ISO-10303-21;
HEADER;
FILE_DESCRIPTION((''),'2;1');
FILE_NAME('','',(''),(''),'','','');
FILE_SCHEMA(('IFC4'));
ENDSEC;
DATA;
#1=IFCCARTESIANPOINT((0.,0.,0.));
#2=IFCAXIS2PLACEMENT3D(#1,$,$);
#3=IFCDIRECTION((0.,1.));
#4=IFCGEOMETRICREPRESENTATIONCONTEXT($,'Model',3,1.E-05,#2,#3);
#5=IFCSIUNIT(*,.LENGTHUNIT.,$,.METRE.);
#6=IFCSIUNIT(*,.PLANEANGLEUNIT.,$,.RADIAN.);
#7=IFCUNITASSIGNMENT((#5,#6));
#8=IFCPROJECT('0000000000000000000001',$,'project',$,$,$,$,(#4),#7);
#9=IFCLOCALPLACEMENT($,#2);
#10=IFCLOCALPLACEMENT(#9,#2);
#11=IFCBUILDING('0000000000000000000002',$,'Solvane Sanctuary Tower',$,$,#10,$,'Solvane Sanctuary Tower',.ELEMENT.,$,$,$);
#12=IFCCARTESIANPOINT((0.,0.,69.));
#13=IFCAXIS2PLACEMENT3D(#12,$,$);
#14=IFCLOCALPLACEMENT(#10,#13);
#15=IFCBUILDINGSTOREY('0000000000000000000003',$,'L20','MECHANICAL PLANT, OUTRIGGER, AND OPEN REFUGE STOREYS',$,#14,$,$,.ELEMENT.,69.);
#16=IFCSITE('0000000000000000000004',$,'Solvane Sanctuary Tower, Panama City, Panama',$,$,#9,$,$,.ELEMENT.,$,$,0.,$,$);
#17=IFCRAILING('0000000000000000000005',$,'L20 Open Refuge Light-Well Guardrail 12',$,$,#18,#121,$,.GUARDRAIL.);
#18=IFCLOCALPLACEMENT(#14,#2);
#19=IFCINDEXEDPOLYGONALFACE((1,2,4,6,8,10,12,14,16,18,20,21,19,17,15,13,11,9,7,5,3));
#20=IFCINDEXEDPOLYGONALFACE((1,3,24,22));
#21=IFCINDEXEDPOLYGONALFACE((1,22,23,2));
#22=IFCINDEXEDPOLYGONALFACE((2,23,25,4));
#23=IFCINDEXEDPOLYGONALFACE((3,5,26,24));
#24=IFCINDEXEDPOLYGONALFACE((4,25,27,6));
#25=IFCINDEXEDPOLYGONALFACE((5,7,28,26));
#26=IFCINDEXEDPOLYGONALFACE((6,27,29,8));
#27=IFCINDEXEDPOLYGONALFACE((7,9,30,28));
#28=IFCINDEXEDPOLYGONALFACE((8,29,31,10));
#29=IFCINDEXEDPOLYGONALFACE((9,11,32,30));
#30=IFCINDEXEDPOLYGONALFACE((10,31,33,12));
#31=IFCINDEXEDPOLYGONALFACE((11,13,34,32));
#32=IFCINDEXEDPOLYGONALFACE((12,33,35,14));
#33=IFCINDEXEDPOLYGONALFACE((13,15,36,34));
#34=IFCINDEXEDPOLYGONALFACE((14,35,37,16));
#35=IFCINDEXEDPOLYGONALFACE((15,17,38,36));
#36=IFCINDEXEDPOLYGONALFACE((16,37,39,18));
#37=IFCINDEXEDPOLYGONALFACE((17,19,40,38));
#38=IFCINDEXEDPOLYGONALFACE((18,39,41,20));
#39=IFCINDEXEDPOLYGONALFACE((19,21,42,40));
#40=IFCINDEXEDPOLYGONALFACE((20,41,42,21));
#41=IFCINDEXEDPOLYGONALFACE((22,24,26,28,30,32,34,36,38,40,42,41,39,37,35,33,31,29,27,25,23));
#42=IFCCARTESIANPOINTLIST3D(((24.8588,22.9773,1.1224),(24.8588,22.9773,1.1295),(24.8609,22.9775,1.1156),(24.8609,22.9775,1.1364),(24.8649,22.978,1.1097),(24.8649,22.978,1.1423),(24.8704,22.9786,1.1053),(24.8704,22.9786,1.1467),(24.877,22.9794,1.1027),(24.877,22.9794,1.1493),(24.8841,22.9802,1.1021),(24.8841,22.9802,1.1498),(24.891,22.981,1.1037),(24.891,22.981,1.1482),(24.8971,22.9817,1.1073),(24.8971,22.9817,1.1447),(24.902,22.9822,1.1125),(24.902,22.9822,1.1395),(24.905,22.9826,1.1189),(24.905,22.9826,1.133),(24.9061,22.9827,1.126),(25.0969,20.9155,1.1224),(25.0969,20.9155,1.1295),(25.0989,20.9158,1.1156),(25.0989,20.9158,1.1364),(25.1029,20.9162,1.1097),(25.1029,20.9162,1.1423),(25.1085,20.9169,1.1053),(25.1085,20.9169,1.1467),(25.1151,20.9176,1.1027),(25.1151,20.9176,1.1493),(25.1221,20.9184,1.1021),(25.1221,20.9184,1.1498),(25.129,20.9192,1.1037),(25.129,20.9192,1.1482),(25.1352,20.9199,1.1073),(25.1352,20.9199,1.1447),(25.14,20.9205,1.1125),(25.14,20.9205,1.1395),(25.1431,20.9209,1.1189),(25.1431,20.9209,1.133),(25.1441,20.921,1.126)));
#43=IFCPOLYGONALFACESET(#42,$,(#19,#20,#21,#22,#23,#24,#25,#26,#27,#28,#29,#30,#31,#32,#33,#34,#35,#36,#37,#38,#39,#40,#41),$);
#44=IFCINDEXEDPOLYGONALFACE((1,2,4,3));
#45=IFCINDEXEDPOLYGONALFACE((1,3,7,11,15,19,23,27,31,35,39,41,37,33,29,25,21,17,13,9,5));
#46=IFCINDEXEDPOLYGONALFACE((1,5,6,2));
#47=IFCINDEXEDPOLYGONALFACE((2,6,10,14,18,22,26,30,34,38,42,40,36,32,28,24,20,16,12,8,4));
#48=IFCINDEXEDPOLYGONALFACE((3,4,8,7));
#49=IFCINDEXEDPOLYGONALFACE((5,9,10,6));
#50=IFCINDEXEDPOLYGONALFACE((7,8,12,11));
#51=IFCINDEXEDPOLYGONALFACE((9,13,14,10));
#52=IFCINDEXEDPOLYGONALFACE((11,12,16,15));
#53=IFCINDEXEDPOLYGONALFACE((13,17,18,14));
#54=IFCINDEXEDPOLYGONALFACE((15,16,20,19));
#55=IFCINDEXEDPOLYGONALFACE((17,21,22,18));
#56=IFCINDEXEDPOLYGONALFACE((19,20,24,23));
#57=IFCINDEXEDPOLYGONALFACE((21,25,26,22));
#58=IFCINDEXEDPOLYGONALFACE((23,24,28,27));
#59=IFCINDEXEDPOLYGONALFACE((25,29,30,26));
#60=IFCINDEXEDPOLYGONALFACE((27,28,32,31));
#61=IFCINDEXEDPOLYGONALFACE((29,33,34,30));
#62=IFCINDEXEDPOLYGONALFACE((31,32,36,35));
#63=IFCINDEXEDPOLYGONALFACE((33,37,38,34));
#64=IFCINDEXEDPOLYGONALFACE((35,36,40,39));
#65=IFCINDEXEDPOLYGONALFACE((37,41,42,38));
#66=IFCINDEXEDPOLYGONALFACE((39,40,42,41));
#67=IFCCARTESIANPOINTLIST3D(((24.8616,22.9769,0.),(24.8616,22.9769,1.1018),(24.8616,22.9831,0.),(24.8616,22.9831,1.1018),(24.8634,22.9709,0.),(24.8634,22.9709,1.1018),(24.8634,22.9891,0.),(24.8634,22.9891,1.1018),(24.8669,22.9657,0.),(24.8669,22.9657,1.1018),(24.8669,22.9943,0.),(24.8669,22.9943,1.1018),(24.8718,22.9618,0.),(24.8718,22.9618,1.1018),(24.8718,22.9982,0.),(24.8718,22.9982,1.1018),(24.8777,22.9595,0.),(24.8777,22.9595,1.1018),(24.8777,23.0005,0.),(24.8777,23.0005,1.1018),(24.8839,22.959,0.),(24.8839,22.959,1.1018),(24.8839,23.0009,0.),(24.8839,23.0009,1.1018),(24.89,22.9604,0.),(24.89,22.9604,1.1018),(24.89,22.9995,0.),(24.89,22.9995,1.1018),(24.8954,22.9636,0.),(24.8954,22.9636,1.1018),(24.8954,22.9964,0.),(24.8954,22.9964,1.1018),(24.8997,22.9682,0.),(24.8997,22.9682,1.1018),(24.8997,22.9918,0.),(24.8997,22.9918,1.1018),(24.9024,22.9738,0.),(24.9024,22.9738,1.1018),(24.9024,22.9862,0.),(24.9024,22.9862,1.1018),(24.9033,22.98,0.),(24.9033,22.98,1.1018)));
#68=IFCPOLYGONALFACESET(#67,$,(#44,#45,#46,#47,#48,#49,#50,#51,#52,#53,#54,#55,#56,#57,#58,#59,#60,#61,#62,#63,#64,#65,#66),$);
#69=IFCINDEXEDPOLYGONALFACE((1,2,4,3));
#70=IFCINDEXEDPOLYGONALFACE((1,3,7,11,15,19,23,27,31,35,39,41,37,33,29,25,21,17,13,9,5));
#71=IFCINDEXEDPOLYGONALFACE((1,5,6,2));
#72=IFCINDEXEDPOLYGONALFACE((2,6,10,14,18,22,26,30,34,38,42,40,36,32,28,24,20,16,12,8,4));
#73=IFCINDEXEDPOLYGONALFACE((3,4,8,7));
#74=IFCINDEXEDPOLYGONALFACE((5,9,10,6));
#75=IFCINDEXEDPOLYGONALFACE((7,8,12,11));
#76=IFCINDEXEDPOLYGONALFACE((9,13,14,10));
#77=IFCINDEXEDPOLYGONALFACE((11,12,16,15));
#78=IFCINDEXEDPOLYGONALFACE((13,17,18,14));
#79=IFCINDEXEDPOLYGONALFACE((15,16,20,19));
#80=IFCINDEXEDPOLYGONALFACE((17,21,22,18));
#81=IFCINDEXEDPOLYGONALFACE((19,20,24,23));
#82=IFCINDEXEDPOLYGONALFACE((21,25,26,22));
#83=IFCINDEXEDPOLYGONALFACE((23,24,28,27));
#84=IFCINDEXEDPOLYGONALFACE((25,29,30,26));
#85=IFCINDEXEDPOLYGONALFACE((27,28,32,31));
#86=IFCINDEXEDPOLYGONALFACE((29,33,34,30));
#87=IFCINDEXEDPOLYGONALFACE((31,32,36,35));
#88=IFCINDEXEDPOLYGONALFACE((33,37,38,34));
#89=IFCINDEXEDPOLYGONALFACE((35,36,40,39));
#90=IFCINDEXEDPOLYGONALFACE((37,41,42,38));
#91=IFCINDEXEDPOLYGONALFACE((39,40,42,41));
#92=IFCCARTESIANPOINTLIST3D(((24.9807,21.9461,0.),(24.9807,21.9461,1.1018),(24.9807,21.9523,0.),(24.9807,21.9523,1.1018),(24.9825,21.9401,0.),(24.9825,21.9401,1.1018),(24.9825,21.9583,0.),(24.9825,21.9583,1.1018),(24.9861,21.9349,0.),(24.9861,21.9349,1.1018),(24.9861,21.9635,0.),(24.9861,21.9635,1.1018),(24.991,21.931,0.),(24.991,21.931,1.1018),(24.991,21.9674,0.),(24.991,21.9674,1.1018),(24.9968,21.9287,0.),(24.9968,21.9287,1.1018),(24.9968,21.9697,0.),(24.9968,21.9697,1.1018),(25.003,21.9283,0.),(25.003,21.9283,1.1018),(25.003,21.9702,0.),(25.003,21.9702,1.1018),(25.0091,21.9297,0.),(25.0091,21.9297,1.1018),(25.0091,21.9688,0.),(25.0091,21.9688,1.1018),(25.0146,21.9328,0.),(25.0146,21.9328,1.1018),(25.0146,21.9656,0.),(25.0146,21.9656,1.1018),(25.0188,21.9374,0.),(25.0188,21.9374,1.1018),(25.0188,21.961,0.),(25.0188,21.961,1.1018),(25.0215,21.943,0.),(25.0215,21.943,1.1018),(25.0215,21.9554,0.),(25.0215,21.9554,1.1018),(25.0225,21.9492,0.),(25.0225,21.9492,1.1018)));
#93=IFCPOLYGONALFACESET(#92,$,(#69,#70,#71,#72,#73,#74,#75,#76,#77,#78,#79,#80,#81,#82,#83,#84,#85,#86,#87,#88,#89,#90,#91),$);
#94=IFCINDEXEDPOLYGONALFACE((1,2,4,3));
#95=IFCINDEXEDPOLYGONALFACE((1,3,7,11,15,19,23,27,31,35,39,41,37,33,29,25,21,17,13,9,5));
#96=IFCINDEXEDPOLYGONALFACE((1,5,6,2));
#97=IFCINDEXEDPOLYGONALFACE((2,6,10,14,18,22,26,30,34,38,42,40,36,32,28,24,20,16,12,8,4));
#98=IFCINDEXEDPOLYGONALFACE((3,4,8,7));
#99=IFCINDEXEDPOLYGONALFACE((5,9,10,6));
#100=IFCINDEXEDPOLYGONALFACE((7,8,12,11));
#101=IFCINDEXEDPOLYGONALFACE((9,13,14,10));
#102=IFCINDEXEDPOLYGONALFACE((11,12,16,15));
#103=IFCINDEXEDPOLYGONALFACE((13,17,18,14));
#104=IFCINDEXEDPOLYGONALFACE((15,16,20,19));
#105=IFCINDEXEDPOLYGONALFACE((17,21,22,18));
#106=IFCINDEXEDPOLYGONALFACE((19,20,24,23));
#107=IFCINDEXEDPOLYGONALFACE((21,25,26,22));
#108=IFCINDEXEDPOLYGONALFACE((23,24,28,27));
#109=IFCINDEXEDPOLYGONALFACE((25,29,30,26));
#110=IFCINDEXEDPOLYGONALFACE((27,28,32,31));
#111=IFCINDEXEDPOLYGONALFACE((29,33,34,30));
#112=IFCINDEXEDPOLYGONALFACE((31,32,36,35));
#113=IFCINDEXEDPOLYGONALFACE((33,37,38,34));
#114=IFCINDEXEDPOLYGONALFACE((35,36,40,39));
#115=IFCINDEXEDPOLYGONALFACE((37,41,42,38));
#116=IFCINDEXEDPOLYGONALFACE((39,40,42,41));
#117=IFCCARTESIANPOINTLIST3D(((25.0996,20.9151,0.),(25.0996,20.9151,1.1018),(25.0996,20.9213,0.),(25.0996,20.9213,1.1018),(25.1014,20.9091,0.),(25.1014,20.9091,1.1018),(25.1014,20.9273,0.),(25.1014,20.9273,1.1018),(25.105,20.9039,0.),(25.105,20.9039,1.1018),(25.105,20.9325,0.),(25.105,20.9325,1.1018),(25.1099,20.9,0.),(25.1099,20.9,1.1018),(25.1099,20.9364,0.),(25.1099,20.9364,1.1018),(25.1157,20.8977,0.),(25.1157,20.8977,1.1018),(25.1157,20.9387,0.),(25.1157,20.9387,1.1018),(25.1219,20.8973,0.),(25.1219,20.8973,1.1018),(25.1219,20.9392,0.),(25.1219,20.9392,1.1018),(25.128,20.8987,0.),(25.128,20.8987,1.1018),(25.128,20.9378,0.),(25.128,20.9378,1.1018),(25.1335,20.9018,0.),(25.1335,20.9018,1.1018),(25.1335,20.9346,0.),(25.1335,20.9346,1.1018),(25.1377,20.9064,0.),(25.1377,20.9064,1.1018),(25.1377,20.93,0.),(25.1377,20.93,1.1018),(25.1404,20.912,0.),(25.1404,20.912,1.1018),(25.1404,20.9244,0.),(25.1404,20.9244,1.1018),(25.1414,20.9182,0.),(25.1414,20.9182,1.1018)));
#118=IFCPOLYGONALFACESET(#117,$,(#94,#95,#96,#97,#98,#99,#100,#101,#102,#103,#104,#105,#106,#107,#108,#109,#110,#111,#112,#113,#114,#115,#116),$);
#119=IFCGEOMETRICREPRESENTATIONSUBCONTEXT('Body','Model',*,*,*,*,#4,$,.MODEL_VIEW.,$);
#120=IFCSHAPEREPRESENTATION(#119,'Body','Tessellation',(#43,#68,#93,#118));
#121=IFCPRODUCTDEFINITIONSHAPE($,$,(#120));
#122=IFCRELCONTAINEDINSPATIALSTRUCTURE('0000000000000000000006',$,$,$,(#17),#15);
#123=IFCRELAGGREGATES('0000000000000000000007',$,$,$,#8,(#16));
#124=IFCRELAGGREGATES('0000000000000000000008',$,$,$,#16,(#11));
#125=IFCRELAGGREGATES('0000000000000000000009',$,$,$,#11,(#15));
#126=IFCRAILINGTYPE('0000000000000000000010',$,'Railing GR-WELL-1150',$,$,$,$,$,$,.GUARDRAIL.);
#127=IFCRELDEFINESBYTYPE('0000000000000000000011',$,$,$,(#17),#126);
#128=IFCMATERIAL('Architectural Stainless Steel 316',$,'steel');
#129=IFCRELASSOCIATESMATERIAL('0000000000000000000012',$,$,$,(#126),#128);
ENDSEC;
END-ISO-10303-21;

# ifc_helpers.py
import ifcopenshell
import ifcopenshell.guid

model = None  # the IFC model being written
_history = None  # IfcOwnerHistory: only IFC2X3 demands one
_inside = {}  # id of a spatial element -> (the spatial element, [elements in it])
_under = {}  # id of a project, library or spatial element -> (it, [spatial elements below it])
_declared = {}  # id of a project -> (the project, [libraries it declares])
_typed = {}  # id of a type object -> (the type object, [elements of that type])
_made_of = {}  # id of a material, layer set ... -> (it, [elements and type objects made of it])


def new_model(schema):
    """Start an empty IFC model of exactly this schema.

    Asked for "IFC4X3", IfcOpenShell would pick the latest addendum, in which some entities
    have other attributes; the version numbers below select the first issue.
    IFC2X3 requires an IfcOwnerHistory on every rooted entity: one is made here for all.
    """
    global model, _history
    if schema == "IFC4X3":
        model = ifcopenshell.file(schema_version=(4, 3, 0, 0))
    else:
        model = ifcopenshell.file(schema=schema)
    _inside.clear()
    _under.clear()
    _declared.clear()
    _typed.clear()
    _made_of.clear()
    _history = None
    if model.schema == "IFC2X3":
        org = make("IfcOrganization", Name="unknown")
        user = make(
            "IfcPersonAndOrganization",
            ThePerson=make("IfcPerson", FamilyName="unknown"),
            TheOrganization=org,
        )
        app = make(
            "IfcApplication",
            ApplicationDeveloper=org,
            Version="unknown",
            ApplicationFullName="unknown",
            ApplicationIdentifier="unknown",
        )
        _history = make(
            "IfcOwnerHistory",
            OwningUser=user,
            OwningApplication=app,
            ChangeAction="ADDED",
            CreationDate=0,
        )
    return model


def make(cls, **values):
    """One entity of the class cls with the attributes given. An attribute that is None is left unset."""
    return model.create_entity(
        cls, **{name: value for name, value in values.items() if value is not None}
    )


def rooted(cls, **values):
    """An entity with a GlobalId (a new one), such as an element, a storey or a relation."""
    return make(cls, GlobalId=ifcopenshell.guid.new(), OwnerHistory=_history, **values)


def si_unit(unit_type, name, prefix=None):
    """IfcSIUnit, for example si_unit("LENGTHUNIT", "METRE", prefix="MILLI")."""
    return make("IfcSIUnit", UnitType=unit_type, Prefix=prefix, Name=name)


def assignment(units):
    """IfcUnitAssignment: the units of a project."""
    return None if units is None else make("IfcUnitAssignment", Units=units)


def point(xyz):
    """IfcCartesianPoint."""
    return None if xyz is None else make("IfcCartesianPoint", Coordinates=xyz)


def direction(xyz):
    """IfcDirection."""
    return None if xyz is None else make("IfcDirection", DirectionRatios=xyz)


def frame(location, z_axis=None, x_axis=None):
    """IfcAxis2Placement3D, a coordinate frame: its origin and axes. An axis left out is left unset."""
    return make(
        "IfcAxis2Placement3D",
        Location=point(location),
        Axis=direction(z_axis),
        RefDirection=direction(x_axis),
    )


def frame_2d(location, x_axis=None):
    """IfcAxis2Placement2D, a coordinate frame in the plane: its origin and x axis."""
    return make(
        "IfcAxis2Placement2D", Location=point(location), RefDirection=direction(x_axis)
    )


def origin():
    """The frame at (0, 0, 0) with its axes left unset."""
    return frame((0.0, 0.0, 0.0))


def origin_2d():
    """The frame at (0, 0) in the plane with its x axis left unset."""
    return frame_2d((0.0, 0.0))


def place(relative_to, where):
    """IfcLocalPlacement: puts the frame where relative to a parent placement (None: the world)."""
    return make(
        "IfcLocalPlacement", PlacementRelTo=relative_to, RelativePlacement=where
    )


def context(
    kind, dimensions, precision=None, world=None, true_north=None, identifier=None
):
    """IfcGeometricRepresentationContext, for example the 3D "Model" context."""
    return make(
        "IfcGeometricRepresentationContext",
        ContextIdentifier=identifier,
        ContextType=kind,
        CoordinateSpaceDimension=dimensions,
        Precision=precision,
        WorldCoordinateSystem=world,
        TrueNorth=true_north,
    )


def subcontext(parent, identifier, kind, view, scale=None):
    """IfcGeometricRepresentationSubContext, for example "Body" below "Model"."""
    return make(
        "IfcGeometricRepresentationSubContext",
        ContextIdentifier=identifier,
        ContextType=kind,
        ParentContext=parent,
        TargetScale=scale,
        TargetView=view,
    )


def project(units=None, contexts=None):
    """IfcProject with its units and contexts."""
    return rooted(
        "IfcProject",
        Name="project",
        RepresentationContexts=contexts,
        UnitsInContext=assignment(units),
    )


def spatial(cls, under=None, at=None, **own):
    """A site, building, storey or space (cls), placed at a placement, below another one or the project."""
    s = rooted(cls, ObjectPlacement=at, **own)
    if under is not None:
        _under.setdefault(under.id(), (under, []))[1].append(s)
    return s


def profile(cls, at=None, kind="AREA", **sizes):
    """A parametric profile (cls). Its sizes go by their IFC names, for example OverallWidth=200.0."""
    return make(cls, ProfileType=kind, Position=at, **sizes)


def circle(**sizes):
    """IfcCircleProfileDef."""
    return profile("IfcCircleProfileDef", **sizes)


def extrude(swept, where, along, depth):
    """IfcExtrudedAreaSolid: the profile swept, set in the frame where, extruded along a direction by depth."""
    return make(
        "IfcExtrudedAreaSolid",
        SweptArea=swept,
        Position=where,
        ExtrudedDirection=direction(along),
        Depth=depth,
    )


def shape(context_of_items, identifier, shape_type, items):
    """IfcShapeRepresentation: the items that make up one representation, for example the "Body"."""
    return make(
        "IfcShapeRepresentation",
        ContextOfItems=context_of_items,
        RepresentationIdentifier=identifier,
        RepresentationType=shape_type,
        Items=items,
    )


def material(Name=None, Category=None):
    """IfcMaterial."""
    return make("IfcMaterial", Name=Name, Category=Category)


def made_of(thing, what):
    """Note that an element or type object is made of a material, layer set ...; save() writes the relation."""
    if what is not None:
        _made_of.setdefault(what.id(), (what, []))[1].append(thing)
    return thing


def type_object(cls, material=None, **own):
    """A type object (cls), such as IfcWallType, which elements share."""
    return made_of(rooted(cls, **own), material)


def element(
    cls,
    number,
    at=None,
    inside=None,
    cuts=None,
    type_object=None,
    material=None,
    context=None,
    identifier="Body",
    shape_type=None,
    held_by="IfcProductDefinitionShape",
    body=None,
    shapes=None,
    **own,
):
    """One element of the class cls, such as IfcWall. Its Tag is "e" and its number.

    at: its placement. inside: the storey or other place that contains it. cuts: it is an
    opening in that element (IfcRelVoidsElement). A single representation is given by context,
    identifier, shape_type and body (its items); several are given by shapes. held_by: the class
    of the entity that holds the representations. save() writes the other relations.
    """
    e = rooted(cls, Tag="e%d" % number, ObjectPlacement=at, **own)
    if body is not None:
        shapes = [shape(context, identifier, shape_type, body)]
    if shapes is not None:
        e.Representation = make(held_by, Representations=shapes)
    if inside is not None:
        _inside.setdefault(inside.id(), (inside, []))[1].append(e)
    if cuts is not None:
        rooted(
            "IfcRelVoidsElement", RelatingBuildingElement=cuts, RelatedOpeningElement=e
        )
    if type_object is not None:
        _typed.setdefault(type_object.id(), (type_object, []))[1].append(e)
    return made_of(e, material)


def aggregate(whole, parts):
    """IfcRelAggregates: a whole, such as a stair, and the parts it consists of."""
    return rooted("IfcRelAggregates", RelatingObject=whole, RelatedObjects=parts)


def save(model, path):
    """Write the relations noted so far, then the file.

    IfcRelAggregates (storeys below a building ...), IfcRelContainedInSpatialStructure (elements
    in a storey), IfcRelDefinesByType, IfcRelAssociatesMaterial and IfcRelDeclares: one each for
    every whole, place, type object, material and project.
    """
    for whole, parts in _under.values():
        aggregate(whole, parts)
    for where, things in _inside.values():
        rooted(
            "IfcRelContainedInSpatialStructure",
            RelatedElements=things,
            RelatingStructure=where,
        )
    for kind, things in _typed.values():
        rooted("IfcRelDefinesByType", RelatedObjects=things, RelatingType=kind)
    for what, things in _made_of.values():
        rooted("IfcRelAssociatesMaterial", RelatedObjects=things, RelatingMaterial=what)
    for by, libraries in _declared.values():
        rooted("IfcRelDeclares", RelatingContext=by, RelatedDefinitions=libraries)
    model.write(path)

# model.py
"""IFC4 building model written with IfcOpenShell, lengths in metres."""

from ifc_helpers import new_model, si_unit, direction, frame, origin, origin_2d, place, context, subcontext, project, spatial, circle, extrude, material, type_object, element, save


model = new_model("IFC4")

# Units and contexts
model_context = context("Model", 3, precision=1e-05, world=origin(), true_north=direction((0.0, 1.0)))
body_context = subcontext(model_context, "Body", "Model", "MODEL_VIEW")
ifc_project = project(units=[si_unit("LENGTHUNIT", "METRE"), si_unit("PLANEANGLEUNIT", "RADIAN")], contexts=[model_context])

# Site, building, storey
site_placement = place(None, origin())
site = spatial("IfcSite", under=ifc_project, at=site_placement, Name="Solvane Sanctuary Tower, Panama City, Panama", CompositionType="ELEMENT", RefElevation=0.0)
building_placement = place(site_placement, origin())
building = spatial("IfcBuilding", under=site, at=building_placement, Name="Solvane Sanctuary Tower", LongName="Solvane Sanctuary Tower", CompositionType="ELEMENT")
storey_placement = place(building_placement, frame((0.0, 0.0, 69.0)))
storey = spatial("IfcBuildingStorey", under=building, at=storey_placement, Name="L20", Description="MECHANICAL PLANT, OUTRIGGER, AND OPEN REFUGE STOREYS", CompositionType="ELEMENT", Elevation=69.0)

# Shared definitions
ifc_material_1 = material(Name="Architectural Stainless Steel 316", Category="steel")

# Railing
railing_type_1 = type_object("IfcRailingType", Name="Railing GR-WELL-1150", PredefinedType="GUARDRAIL", material=ifc_material_1)
railing_1_placement = place(storey_placement, frame((24.8823, 22.98, 0.0)))
element("IfcRailing", 1, at=railing_1_placement, inside=storey, type_object=railing_type_1, Name="L20 Open Refuge Light-Well Guardrail 12", PredefinedType="GUARDRAIL", context=body_context, shape_type="SweptSolid", body=[
    extrude(circle(Radius=0.0239, at=origin_2d()), frame((0.0, 0.0, 1.126), z_axis=(0.114691, -0.993401, 0.0), x_axis=(0.993401, 0.114691, 0.0)), (0.0, 0.0, 1.0), 2.0754),
    extrude(circle(Radius=0.021, at=origin_2d()), origin(), (0.0, 0.0, 1.0), 1.1018),
    extrude(circle(Radius=0.021, at=origin_2d()), frame((0.1191, -1.0308, 0.0)), (0.0, 0.0, 1.0), 1.1018),
    extrude(circle(Radius=0.021, at=origin_2d()), frame((0.238, -2.0618, 0.0)), (0.0, 0.0, 1.0), 1.1018),
])

save(model, "model.ifc")
